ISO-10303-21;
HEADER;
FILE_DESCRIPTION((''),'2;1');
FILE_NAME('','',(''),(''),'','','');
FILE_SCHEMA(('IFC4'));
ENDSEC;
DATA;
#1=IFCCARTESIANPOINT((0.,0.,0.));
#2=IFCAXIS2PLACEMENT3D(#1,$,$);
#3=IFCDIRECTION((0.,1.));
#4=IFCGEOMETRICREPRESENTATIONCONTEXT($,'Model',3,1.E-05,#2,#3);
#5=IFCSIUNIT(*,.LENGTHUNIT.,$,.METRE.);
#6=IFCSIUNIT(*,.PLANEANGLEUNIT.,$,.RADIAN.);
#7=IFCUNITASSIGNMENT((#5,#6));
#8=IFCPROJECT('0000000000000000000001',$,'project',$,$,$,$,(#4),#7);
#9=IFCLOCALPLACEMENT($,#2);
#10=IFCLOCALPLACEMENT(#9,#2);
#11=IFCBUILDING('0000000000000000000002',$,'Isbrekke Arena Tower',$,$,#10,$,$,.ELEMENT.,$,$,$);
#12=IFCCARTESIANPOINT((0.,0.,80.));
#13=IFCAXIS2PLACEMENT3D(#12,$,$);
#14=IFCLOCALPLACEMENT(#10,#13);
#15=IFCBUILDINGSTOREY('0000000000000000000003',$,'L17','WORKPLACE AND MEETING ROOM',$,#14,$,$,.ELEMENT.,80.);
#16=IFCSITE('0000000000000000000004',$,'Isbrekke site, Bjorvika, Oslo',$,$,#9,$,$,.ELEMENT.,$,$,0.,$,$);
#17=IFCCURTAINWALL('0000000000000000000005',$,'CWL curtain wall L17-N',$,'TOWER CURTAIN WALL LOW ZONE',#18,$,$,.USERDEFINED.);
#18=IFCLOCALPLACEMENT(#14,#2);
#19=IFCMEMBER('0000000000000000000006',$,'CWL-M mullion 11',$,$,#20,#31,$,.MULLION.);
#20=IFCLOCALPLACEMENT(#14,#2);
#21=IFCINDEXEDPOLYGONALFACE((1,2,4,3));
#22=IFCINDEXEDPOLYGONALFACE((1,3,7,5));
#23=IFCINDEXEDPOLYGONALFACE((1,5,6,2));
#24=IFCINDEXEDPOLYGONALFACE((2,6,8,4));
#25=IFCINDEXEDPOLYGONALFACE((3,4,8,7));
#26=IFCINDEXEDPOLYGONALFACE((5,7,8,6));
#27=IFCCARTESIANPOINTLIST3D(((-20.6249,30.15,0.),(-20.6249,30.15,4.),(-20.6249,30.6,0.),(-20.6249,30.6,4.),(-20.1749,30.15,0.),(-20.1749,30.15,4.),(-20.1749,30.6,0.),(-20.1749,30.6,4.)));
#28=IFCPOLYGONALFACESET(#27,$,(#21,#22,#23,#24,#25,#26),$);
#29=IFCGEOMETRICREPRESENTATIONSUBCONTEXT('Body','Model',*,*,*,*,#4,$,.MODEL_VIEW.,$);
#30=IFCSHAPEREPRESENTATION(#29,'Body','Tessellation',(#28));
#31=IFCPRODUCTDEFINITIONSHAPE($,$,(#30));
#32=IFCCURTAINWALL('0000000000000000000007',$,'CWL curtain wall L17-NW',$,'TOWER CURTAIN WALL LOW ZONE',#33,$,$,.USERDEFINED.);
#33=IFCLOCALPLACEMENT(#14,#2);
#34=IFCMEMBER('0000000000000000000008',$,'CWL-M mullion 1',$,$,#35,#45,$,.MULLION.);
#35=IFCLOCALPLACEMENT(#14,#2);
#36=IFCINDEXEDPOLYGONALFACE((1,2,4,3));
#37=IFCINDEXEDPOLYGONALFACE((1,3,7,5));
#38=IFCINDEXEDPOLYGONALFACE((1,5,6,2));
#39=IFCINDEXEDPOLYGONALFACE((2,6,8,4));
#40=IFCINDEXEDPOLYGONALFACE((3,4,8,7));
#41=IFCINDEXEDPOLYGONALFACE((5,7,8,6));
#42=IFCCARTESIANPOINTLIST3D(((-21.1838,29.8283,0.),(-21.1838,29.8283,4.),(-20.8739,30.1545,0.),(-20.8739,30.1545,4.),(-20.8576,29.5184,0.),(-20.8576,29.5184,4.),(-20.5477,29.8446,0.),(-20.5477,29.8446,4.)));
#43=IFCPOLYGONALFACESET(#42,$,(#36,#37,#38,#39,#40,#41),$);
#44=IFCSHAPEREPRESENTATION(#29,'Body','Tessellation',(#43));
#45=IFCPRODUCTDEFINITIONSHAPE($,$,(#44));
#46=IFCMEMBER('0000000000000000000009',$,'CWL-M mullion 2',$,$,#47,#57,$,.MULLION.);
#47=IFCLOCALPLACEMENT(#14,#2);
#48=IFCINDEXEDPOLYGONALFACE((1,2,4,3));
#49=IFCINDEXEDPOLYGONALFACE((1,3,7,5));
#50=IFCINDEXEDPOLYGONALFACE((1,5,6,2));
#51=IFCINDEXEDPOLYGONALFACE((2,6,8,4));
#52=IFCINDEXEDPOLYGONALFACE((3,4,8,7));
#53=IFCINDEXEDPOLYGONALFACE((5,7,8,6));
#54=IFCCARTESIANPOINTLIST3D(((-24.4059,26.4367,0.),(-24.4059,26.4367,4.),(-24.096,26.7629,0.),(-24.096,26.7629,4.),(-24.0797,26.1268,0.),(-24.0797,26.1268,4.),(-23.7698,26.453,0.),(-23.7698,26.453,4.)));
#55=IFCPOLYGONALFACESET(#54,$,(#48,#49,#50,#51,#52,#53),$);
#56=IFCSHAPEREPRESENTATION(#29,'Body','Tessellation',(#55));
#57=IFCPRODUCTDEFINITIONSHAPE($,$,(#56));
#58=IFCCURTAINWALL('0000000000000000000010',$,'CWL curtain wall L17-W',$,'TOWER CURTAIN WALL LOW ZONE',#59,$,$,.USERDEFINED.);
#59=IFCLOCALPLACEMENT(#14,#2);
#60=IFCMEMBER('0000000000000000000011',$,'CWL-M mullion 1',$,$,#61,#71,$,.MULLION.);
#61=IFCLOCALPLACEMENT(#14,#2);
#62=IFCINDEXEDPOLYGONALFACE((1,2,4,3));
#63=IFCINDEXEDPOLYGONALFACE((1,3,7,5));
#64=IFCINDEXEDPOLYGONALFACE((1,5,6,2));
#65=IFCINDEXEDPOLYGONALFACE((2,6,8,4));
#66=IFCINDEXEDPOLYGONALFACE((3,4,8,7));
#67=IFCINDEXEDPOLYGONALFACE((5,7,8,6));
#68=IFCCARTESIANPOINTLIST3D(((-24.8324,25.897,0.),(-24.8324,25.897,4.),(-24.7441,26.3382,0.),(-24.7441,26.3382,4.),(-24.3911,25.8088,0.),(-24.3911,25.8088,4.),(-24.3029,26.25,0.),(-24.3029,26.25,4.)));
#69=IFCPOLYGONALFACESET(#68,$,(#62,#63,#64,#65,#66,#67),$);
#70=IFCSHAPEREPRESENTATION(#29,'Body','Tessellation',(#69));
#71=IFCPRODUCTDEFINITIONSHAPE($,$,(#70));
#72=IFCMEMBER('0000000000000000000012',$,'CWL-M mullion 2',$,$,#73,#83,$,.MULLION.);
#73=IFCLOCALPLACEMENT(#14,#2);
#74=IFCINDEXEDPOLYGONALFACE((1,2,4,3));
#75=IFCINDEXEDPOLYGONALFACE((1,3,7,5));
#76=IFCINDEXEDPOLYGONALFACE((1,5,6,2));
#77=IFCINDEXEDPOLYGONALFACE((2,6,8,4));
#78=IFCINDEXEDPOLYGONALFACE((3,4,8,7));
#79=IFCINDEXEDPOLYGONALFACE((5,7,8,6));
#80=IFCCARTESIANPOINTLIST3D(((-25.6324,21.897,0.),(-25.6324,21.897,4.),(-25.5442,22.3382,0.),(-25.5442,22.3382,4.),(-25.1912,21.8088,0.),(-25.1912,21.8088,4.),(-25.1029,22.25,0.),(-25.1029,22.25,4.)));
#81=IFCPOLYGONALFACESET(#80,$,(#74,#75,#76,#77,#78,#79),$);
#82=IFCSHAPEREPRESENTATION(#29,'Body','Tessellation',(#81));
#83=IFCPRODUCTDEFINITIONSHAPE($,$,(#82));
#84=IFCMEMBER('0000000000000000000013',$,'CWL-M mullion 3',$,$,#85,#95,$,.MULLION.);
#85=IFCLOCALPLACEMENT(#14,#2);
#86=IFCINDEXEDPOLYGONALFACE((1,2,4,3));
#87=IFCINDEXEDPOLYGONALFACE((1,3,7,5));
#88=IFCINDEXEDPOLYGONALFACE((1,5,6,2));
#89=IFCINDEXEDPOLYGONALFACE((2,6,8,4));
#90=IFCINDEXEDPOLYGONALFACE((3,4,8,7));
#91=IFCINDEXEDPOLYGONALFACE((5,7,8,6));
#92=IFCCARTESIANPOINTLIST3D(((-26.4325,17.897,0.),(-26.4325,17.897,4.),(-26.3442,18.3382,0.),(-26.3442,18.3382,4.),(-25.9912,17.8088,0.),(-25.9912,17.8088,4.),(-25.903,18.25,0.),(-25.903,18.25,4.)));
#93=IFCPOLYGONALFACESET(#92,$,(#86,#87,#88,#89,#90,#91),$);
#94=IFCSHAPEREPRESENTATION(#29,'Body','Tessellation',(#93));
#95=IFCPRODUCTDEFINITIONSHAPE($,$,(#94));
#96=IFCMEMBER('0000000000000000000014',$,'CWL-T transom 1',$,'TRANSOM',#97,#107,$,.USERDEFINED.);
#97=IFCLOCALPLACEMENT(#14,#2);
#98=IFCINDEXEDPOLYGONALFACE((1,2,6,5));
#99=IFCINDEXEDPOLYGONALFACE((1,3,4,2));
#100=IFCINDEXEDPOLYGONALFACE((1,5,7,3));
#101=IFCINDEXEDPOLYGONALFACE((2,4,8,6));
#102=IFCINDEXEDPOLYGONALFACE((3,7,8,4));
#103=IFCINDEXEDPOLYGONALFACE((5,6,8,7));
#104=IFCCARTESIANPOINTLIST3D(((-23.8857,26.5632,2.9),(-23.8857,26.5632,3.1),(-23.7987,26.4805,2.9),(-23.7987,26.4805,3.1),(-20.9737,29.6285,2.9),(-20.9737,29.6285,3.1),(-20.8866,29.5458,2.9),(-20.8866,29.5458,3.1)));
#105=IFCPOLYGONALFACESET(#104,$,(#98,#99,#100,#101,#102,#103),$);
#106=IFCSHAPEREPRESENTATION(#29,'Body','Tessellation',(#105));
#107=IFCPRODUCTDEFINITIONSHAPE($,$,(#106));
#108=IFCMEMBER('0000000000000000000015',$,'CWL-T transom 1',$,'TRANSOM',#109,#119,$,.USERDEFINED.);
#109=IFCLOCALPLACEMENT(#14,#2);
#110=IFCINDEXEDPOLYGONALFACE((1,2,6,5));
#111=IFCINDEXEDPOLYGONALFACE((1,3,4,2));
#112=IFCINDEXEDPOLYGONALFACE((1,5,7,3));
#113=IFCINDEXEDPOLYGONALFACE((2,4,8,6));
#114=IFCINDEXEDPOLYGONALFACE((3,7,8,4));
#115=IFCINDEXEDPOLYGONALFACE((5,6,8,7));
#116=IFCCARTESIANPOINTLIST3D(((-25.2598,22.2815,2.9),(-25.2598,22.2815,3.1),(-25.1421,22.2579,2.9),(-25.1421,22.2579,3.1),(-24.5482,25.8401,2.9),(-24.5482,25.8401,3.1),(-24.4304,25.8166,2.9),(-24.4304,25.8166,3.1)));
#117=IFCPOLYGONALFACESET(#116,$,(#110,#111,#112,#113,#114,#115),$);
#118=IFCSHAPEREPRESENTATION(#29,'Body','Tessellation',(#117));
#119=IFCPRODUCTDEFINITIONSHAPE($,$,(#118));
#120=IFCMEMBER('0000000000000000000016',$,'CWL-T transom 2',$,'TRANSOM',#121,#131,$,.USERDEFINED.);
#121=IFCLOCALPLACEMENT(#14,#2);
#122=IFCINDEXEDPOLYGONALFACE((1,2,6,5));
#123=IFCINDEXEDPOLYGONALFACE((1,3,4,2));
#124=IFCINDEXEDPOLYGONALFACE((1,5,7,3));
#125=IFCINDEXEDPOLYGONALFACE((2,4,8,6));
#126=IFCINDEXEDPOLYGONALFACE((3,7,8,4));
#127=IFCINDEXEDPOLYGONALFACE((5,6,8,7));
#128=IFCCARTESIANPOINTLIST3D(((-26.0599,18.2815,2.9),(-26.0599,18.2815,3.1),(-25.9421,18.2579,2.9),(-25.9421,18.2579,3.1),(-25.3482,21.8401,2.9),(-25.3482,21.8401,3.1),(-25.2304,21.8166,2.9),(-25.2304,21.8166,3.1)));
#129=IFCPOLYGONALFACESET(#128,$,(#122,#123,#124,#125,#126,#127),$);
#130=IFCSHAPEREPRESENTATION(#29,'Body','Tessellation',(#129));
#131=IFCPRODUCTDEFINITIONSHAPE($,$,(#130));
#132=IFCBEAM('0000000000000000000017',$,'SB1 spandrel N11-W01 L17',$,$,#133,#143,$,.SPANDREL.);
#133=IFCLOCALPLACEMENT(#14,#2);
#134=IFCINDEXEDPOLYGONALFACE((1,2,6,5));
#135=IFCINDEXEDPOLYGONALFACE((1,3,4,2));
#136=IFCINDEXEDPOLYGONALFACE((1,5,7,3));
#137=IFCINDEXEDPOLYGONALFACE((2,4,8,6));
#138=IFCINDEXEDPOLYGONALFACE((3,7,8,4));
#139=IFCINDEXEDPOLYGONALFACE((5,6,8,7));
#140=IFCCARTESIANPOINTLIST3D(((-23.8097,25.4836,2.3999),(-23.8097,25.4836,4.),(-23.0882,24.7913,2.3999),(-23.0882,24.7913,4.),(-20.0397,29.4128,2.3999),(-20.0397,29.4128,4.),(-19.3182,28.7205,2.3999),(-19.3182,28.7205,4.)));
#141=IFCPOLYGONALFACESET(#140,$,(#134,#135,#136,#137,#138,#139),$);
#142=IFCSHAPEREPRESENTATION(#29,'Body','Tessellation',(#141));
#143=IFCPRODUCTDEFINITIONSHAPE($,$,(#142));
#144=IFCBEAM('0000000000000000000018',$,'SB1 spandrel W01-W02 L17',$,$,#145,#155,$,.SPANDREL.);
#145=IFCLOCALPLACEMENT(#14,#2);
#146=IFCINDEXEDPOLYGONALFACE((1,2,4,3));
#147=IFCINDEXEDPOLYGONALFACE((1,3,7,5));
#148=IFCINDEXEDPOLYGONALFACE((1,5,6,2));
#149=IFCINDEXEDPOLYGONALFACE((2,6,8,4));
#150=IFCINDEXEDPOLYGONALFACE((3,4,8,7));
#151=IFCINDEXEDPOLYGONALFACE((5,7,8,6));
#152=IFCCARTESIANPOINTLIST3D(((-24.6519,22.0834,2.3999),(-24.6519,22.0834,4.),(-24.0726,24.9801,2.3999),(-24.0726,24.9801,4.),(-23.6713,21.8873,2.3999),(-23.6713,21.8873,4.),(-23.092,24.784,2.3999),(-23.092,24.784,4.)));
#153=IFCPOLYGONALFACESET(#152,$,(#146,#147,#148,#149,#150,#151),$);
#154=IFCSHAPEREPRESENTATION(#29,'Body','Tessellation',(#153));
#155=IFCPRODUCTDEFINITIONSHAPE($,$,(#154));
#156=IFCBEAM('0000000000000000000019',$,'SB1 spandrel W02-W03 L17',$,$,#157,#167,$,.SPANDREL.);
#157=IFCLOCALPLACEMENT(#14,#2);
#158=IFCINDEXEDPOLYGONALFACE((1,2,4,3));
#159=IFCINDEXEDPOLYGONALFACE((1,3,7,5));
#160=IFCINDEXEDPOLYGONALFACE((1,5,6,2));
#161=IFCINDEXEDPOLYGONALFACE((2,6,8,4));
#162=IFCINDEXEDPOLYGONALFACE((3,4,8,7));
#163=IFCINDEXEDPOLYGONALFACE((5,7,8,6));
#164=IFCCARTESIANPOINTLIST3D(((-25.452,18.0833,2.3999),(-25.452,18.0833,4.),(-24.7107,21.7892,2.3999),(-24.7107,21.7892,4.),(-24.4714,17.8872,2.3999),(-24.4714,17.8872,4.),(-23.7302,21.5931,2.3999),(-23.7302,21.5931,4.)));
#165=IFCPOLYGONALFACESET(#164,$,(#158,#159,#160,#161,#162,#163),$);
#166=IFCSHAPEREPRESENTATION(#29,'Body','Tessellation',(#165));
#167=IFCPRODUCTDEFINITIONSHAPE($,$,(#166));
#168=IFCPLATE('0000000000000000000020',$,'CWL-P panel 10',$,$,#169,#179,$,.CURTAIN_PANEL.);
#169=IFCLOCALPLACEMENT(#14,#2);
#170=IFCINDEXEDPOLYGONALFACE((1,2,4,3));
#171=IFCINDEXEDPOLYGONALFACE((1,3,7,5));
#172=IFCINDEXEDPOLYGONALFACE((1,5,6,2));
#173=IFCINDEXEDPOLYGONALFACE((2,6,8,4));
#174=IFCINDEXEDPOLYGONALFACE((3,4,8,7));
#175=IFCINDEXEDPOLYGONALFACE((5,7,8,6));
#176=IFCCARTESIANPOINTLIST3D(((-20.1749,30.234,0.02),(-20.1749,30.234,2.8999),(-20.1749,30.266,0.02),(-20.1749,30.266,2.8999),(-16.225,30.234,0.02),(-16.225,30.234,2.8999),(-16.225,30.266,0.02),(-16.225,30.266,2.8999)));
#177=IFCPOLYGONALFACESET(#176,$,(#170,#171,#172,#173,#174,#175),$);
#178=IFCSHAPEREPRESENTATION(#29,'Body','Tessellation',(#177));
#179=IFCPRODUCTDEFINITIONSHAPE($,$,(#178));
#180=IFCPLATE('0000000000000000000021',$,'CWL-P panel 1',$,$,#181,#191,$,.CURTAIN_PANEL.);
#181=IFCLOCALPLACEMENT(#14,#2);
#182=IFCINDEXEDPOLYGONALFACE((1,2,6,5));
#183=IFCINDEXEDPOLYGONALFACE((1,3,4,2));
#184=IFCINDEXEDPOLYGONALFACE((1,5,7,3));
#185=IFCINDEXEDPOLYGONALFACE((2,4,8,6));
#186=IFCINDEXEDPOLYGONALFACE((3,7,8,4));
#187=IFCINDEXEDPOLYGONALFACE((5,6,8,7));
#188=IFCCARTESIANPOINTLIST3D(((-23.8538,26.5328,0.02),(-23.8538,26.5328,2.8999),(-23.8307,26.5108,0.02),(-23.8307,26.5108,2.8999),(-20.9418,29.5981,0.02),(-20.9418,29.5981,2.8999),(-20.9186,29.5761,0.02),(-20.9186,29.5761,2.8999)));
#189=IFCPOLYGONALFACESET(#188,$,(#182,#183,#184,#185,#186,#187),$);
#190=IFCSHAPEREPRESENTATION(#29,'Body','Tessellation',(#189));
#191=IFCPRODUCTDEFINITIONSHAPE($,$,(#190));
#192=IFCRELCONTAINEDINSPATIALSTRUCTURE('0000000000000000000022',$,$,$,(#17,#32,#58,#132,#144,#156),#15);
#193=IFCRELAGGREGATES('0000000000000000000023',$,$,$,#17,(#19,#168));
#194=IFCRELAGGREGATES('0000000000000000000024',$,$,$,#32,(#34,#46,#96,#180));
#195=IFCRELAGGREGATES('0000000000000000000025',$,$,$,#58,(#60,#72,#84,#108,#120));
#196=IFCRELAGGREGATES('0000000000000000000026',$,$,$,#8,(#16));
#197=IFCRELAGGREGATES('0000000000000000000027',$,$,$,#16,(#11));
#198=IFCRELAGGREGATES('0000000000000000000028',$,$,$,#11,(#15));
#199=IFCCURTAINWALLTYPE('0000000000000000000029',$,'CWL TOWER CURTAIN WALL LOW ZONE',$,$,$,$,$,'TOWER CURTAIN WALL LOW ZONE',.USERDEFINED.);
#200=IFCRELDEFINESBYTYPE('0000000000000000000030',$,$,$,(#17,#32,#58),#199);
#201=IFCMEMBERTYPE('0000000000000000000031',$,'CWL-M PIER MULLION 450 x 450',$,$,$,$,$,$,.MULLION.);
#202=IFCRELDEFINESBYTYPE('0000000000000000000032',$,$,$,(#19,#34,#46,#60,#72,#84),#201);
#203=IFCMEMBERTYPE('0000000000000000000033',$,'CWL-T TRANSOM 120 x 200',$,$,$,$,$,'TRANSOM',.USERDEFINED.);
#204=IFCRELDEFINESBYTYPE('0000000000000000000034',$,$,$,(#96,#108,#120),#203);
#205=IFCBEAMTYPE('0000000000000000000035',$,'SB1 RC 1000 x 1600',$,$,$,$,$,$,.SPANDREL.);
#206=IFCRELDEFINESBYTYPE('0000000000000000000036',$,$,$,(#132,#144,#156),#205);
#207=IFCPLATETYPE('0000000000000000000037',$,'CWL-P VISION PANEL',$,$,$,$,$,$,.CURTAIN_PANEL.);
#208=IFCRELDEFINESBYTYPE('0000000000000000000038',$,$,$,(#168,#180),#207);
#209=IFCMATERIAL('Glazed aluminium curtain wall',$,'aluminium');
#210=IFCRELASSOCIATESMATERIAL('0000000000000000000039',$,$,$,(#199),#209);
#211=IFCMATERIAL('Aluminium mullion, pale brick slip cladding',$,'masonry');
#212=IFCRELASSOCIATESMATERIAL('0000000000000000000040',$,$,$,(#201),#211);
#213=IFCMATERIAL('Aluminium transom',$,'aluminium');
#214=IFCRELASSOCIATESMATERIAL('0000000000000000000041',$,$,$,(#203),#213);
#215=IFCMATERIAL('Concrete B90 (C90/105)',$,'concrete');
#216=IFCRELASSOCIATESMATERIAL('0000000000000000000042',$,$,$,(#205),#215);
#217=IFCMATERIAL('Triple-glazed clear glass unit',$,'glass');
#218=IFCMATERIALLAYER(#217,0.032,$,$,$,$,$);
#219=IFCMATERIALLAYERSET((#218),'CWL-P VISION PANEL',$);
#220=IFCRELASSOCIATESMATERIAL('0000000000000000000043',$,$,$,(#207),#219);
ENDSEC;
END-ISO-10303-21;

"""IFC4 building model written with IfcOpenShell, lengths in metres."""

from ifc_helpers import new_model, si_unit, direction, frame, origin, origin_2d, place, context, subcontext, project, spatial, rectangle, extrude, material, layer, layer_set, material_profile, profile_set, type_object, element, aggregate, save


model = new_model("IFC4")

# Units and contexts
model_context = context("Model", 3, precision=1e-05, world=origin(), true_north=direction((0.0, 1.0)))
body_context = subcontext(model_context, "Body", "Model", "MODEL_VIEW")
ifc_project = project(units=[si_unit("LENGTHUNIT", "METRE"), si_unit("PLANEANGLEUNIT", "RADIAN")], contexts=[model_context])

# Site, building, storey
site_placement = place(None, origin())
site = spatial("IfcSite", under=ifc_project, at=site_placement, Name="Isbrekke site, Bjorvika, Oslo", CompositionType="ELEMENT", RefElevation=0.0)
building_placement = place(site_placement, origin())
building = spatial("IfcBuilding", under=site, at=building_placement, Name="Isbrekke Arena Tower", CompositionType="ELEMENT")
storey_placement = place(building_placement, frame((0.0, 0.0, 80.0)))
storey = spatial("IfcBuildingStorey", under=building, at=storey_placement, Name="L17", Description="WORKPLACE AND MEETING ROOM", CompositionType="ELEMENT", Elevation=80.0)

# Curtain wall, member
ifc_material_1 = material(Name="Glazed aluminium curtain wall", Category="aluminium")
curtain_wall_type = type_object("IfcCurtainWallType", Name="CWL TOWER CURTAIN WALL LOW ZONE", ElementType="TOWER CURTAIN WALL LOW ZONE", PredefinedType="USERDEFINED", material=ifc_material_1)
curtain_wall_1_placement = place(storey_placement, origin())
curtain_wall_1 = element("IfcCurtainWall", 1, at=curtain_wall_1_placement, inside=storey, type_object=curtain_wall_type, Name="CWL curtain wall L17-N", ObjectType="TOWER CURTAIN WALL LOW ZONE", PredefinedType="USERDEFINED")
ifc_material_2 = material(Name="Aluminium mullion, pale brick slip cladding", Category="masonry")
ifc_material_profile_1 = material_profile(ifc_material_2, rectangle(XDim=0.45, YDim=0.45, at=origin_2d()), Name="PIER 450X450")
ifc_profile_set_1 = profile_set([ifc_material_profile_1], Name="Aluminium mullion, pale brick slip cladding")
member_type_1 = type_object("IfcMemberType", Name="CWL-M PIER MULLION 450 x 450", PredefinedType="MULLION", material=ifc_profile_set_1)
member_1_placement = place(storey_placement, frame((-20.3999, 30.375, 0.0), z_axis=(0.0, 0.0, 1.0), x_axis=(-1.0, 0.0, 0.0)))
member_1 = element("IfcMember", 2, at=member_1_placement, type_object=member_type_1, Name="CWL-M mullion 11", PredefinedType="MULLION", context=body_context, shape_type="SweptSolid", body=[
    extrude(rectangle(XDim=0.45, YDim=0.45, at=origin_2d()), origin(), (0.0, 0.0, 1.0), 4.0),
])

# Curtain walls, members
curtain_wall_2_placement = place(storey_placement, origin())
curtain_wall_2 = element("IfcCurtainWall", 3, at=curtain_wall_2_placement, inside=storey, type_object=curtain_wall_type, Name="CWL curtain wall L17-NW", ObjectType="TOWER CURTAIN WALL LOW ZONE", PredefinedType="USERDEFINED")
member_2_placement = place(storey_placement, frame((-20.8657, 29.8364, 0.0), z_axis=(0.0, 0.0, 1.0), x_axis=(-0.688749, -0.724999, 0.0)))
member_2 = element("IfcMember", 4, at=member_2_placement, type_object=member_type_1, Name="CWL-M mullion 1", PredefinedType="MULLION", context=body_context, shape_type="SweptSolid", body=[
    extrude(rectangle(XDim=0.45, YDim=0.45, at=origin_2d()), origin(), (0.0, 0.0, 1.0), 4.0),
])
member_3_placement = place(storey_placement, frame((-24.0879, 26.4448, 0.0), z_axis=(0.0, 0.0, 1.0), x_axis=(-0.688749, -0.724999, 0.0)))
member_3 = element("IfcMember", 5, at=member_3_placement, type_object=member_type_1, Name="CWL-M mullion 2", PredefinedType="MULLION", context=body_context, shape_type="SweptSolid", body=[
    extrude(rectangle(XDim=0.45, YDim=0.45, at=origin_2d()), origin(), (0.0, 0.0, 1.0), 4.0),
])
curtain_wall_3_placement = place(storey_placement, origin())
curtain_wall_3 = element("IfcCurtainWall", 6, at=curtain_wall_3_placement, inside=storey, type_object=curtain_wall_type, Name="CWL curtain wall L17-W", ObjectType="TOWER CURTAIN WALL LOW ZONE", PredefinedType="USERDEFINED")
member_4_placement = place(storey_placement, frame((-24.5676, 26.0735, 0.0), z_axis=(0.0, 0.0, 1.0), x_axis=(-0.196116, -0.980581, 0.0)))
member_4 = element("IfcMember", 7, at=member_4_placement, type_object=member_type_1, Name="CWL-M mullion 1", PredefinedType="MULLION", context=body_context, shape_type="SweptSolid", body=[
    extrude(rectangle(XDim=0.45, YDim=0.45, at=origin_2d()), origin(), (0.0, 0.0, 1.0), 4.0),
])
member_5_placement = place(storey_placement, frame((-25.3677, 22.0735, 0.0), z_axis=(0.0, 0.0, 1.0), x_axis=(-0.196116, -0.980581, 0.0)))
member_5 = element("IfcMember", 8, at=member_5_placement, type_object=member_type_1, Name="CWL-M mullion 2", PredefinedType="MULLION", context=body_context, shape_type="SweptSolid", body=[
    extrude(rectangle(XDim=0.45, YDim=0.45, at=origin_2d()), origin(), (0.0, 0.0, 1.0), 4.0),
])
member_6_placement = place(storey_placement, frame((-26.1677, 18.0735, 0.0), z_axis=(0.0, 0.0, 1.0), x_axis=(-0.196116, -0.980581, 0.0)))
member_6 = element("IfcMember", 9, at=member_6_placement, type_object=member_type_1, Name="CWL-M mullion 3", PredefinedType="MULLION", context=body_context, shape_type="SweptSolid", body=[
    extrude(rectangle(XDim=0.45, YDim=0.45, at=origin_2d()), origin(), (0.0, 0.0, 1.0), 4.0),
])

# Members
ifc_material_3 = material(Name="Aluminium transom", Category="aluminium")
ifc_material_profile_2 = material_profile(ifc_material_3, rectangle(XDim=0.1201, YDim=0.2, at=origin_2d()), Name="TRANSOM 120X200")
ifc_profile_set_2 = profile_set([ifc_material_profile_2], Name="Aluminium transom")
member_type_2 = type_object("IfcMemberType", Name="CWL-T TRANSOM 120 x 200", ElementType="TRANSOM", PredefinedType="USERDEFINED", material=ifc_profile_set_2)
member_7_placement = place(storey_placement, frame((-20.9302, 29.5872, 3.0), z_axis=(-0.688743, -0.725005, 0.0), x_axis=(0.725005, -0.688743, 0.0)))
member_7 = element("IfcMember", 10, at=member_7_placement, type_object=member_type_2, Name="CWL-T transom 1", ObjectType="TRANSOM", PredefinedType="USERDEFINED", context=body_context, shape_type="SweptSolid", body=[
    extrude(rectangle(XDim=0.1201, YDim=0.2, at=origin_2d()), origin(), (0.0, 0.0, 1.0), 4.228),
])
member_8_placement = place(storey_placement, frame((-24.4893, 25.8284, 3.0), z_axis=(-0.196103, -0.980583, 0.0), x_axis=(0.980583, -0.196103, 0.0)))
member_8 = element("IfcMember", 11, at=member_8_placement, type_object=member_type_2, Name="CWL-T transom 1", ObjectType="TRANSOM", PredefinedType="USERDEFINED", context=body_context, shape_type="SweptSolid", body=[
    extrude(rectangle(XDim=0.1201, YDim=0.2, at=origin_2d()), origin(), (0.0, 0.0, 1.0), 3.6292),
])
member_9_placement = place(storey_placement, frame((-25.2893, 21.8284, 3.0), z_axis=(-0.196103, -0.980583, 0.0), x_axis=(0.980583, -0.196103, 0.0)))
member_9 = element("IfcMember", 12, at=member_9_placement, type_object=member_type_2, Name="CWL-T transom 2", ObjectType="TRANSOM", PredefinedType="USERDEFINED", context=body_context, shape_type="SweptSolid", body=[
    extrude(rectangle(XDim=0.1201, YDim=0.2, at=origin_2d()), origin(), (0.0, 0.0, 1.0), 3.6292),
])

# Beams
ifc_material_4 = material(Name="Concrete B90 (C90/105)", Category="concrete")
ifc_material_profile_3 = material_profile(ifc_material_4, rectangle(XDim=1.0, YDim=1.6001, at=origin_2d()), Name="RC 1000x1600")
ifc_profile_set_3 = profile_set([ifc_material_profile_3], Name="Concrete B90 (C90/105)")
beam_type_1 = type_object("IfcBeamType", Name="SB1 RC 1000 x 1600", PredefinedType="SPANDREL", material=ifc_profile_set_3)
beam_1_placement = place(storey_placement, frame((-19.679, 29.0667, 3.2), z_axis=(-0.69234, -0.721572, 0.0), x_axis=(0.721572, -0.69234, 0.0)))
element("IfcBeam", 13, at=beam_1_placement, inside=storey, type_object=beam_type_1, Name="SB1 spandrel N11-W01 L17", PredefinedType="SPANDREL", context=body_context, shape_type="SweptSolid", body=[
    extrude(rectangle(XDim=1.0, YDim=1.6001, at=origin_2d()), origin(), (0.0, 0.0, 1.0), 5.4453),
])
beam_2_placement = place(storey_placement, frame((-23.5823, 24.8821, 3.2), z_axis=(-0.196116, -0.980581, 0.0), x_axis=(0.980581, -0.196116, 0.0)))
element("IfcBeam", 14, at=beam_2_placement, inside=storey, type_object=beam_type_1, Name="SB1 spandrel W01-W02 L17", PredefinedType="SPANDREL", context=body_context, shape_type="SweptSolid", body=[
    extrude(rectangle(XDim=1.0, YDim=1.6001, at=origin_2d()), origin(), (0.0, 0.0, 1.0), 2.9541),
])
beam_3_placement = place(storey_placement, frame((-24.2205, 21.6912, 3.2), z_axis=(-0.196129, -0.980578, 0.0), x_axis=(0.980578, -0.196129, 0.0)))
element("IfcBeam", 15, at=beam_3_placement, inside=storey, type_object=beam_type_1, Name="SB1 spandrel W02-W03 L17", PredefinedType="SPANDREL", context=body_context, shape_type="SweptSolid", body=[
    extrude(rectangle(XDim=1.0, YDim=1.6001, at=origin_2d()), origin(), (0.0, 0.0, 1.0), 3.7793),
])

# Plates
ifc_material_5 = material(Name="Triple-glazed clear glass unit", Category="glass")
ifc_layer_1 = layer(ifc_material_5, 0.032)
ifc_layer_set_1 = layer_set([ifc_layer_1], Name="CWL-P VISION PANEL")
plate_type = type_object("IfcPlateType", Name="CWL-P VISION PANEL", PredefinedType="CURTAIN_PANEL", material=ifc_layer_set_1)
plate_1_placement = place(storey_placement, frame((-18.2, 30.25, 0.02), z_axis=(0.0, 0.0, 1.0), x_axis=(-1.0, 0.0, 0.0)))
plate_1 = element("IfcPlate", 16, at=plate_1_placement, type_object=plate_type, Name="CWL-P panel 10", PredefinedType="CURTAIN_PANEL", context=body_context, shape_type="SweptSolid", body=[
    extrude(rectangle(XDim=3.95, YDim=0.032, at=origin_2d()), origin(), (0.0, 0.0, 1.0), 2.8799),
])
aggregate(curtain_wall_1, [member_1, plate_1])
plate_2_placement = place(storey_placement, frame((-22.3862, 28.0544, 0.02), z_axis=(0.0, 0.0, 1.0), x_axis=(-0.688749, -0.724999, 0.0)))
plate_2 = element("IfcPlate", 17, at=plate_2_placement, type_object=plate_type, Name="CWL-P panel 1", PredefinedType="CURTAIN_PANEL", context=body_context, shape_type="SweptSolid", body=[
    extrude(rectangle(XDim=4.228, YDim=0.032, at=origin_2d()), origin(), (0.0, 0.0, 1.0), 2.8799),
])
aggregate(curtain_wall_2, [member_2, member_3, member_7, plate_2])
aggregate(curtain_wall_3, [member_4, member_5, member_6, member_8, member_9])

save(model, "model.ifc")
